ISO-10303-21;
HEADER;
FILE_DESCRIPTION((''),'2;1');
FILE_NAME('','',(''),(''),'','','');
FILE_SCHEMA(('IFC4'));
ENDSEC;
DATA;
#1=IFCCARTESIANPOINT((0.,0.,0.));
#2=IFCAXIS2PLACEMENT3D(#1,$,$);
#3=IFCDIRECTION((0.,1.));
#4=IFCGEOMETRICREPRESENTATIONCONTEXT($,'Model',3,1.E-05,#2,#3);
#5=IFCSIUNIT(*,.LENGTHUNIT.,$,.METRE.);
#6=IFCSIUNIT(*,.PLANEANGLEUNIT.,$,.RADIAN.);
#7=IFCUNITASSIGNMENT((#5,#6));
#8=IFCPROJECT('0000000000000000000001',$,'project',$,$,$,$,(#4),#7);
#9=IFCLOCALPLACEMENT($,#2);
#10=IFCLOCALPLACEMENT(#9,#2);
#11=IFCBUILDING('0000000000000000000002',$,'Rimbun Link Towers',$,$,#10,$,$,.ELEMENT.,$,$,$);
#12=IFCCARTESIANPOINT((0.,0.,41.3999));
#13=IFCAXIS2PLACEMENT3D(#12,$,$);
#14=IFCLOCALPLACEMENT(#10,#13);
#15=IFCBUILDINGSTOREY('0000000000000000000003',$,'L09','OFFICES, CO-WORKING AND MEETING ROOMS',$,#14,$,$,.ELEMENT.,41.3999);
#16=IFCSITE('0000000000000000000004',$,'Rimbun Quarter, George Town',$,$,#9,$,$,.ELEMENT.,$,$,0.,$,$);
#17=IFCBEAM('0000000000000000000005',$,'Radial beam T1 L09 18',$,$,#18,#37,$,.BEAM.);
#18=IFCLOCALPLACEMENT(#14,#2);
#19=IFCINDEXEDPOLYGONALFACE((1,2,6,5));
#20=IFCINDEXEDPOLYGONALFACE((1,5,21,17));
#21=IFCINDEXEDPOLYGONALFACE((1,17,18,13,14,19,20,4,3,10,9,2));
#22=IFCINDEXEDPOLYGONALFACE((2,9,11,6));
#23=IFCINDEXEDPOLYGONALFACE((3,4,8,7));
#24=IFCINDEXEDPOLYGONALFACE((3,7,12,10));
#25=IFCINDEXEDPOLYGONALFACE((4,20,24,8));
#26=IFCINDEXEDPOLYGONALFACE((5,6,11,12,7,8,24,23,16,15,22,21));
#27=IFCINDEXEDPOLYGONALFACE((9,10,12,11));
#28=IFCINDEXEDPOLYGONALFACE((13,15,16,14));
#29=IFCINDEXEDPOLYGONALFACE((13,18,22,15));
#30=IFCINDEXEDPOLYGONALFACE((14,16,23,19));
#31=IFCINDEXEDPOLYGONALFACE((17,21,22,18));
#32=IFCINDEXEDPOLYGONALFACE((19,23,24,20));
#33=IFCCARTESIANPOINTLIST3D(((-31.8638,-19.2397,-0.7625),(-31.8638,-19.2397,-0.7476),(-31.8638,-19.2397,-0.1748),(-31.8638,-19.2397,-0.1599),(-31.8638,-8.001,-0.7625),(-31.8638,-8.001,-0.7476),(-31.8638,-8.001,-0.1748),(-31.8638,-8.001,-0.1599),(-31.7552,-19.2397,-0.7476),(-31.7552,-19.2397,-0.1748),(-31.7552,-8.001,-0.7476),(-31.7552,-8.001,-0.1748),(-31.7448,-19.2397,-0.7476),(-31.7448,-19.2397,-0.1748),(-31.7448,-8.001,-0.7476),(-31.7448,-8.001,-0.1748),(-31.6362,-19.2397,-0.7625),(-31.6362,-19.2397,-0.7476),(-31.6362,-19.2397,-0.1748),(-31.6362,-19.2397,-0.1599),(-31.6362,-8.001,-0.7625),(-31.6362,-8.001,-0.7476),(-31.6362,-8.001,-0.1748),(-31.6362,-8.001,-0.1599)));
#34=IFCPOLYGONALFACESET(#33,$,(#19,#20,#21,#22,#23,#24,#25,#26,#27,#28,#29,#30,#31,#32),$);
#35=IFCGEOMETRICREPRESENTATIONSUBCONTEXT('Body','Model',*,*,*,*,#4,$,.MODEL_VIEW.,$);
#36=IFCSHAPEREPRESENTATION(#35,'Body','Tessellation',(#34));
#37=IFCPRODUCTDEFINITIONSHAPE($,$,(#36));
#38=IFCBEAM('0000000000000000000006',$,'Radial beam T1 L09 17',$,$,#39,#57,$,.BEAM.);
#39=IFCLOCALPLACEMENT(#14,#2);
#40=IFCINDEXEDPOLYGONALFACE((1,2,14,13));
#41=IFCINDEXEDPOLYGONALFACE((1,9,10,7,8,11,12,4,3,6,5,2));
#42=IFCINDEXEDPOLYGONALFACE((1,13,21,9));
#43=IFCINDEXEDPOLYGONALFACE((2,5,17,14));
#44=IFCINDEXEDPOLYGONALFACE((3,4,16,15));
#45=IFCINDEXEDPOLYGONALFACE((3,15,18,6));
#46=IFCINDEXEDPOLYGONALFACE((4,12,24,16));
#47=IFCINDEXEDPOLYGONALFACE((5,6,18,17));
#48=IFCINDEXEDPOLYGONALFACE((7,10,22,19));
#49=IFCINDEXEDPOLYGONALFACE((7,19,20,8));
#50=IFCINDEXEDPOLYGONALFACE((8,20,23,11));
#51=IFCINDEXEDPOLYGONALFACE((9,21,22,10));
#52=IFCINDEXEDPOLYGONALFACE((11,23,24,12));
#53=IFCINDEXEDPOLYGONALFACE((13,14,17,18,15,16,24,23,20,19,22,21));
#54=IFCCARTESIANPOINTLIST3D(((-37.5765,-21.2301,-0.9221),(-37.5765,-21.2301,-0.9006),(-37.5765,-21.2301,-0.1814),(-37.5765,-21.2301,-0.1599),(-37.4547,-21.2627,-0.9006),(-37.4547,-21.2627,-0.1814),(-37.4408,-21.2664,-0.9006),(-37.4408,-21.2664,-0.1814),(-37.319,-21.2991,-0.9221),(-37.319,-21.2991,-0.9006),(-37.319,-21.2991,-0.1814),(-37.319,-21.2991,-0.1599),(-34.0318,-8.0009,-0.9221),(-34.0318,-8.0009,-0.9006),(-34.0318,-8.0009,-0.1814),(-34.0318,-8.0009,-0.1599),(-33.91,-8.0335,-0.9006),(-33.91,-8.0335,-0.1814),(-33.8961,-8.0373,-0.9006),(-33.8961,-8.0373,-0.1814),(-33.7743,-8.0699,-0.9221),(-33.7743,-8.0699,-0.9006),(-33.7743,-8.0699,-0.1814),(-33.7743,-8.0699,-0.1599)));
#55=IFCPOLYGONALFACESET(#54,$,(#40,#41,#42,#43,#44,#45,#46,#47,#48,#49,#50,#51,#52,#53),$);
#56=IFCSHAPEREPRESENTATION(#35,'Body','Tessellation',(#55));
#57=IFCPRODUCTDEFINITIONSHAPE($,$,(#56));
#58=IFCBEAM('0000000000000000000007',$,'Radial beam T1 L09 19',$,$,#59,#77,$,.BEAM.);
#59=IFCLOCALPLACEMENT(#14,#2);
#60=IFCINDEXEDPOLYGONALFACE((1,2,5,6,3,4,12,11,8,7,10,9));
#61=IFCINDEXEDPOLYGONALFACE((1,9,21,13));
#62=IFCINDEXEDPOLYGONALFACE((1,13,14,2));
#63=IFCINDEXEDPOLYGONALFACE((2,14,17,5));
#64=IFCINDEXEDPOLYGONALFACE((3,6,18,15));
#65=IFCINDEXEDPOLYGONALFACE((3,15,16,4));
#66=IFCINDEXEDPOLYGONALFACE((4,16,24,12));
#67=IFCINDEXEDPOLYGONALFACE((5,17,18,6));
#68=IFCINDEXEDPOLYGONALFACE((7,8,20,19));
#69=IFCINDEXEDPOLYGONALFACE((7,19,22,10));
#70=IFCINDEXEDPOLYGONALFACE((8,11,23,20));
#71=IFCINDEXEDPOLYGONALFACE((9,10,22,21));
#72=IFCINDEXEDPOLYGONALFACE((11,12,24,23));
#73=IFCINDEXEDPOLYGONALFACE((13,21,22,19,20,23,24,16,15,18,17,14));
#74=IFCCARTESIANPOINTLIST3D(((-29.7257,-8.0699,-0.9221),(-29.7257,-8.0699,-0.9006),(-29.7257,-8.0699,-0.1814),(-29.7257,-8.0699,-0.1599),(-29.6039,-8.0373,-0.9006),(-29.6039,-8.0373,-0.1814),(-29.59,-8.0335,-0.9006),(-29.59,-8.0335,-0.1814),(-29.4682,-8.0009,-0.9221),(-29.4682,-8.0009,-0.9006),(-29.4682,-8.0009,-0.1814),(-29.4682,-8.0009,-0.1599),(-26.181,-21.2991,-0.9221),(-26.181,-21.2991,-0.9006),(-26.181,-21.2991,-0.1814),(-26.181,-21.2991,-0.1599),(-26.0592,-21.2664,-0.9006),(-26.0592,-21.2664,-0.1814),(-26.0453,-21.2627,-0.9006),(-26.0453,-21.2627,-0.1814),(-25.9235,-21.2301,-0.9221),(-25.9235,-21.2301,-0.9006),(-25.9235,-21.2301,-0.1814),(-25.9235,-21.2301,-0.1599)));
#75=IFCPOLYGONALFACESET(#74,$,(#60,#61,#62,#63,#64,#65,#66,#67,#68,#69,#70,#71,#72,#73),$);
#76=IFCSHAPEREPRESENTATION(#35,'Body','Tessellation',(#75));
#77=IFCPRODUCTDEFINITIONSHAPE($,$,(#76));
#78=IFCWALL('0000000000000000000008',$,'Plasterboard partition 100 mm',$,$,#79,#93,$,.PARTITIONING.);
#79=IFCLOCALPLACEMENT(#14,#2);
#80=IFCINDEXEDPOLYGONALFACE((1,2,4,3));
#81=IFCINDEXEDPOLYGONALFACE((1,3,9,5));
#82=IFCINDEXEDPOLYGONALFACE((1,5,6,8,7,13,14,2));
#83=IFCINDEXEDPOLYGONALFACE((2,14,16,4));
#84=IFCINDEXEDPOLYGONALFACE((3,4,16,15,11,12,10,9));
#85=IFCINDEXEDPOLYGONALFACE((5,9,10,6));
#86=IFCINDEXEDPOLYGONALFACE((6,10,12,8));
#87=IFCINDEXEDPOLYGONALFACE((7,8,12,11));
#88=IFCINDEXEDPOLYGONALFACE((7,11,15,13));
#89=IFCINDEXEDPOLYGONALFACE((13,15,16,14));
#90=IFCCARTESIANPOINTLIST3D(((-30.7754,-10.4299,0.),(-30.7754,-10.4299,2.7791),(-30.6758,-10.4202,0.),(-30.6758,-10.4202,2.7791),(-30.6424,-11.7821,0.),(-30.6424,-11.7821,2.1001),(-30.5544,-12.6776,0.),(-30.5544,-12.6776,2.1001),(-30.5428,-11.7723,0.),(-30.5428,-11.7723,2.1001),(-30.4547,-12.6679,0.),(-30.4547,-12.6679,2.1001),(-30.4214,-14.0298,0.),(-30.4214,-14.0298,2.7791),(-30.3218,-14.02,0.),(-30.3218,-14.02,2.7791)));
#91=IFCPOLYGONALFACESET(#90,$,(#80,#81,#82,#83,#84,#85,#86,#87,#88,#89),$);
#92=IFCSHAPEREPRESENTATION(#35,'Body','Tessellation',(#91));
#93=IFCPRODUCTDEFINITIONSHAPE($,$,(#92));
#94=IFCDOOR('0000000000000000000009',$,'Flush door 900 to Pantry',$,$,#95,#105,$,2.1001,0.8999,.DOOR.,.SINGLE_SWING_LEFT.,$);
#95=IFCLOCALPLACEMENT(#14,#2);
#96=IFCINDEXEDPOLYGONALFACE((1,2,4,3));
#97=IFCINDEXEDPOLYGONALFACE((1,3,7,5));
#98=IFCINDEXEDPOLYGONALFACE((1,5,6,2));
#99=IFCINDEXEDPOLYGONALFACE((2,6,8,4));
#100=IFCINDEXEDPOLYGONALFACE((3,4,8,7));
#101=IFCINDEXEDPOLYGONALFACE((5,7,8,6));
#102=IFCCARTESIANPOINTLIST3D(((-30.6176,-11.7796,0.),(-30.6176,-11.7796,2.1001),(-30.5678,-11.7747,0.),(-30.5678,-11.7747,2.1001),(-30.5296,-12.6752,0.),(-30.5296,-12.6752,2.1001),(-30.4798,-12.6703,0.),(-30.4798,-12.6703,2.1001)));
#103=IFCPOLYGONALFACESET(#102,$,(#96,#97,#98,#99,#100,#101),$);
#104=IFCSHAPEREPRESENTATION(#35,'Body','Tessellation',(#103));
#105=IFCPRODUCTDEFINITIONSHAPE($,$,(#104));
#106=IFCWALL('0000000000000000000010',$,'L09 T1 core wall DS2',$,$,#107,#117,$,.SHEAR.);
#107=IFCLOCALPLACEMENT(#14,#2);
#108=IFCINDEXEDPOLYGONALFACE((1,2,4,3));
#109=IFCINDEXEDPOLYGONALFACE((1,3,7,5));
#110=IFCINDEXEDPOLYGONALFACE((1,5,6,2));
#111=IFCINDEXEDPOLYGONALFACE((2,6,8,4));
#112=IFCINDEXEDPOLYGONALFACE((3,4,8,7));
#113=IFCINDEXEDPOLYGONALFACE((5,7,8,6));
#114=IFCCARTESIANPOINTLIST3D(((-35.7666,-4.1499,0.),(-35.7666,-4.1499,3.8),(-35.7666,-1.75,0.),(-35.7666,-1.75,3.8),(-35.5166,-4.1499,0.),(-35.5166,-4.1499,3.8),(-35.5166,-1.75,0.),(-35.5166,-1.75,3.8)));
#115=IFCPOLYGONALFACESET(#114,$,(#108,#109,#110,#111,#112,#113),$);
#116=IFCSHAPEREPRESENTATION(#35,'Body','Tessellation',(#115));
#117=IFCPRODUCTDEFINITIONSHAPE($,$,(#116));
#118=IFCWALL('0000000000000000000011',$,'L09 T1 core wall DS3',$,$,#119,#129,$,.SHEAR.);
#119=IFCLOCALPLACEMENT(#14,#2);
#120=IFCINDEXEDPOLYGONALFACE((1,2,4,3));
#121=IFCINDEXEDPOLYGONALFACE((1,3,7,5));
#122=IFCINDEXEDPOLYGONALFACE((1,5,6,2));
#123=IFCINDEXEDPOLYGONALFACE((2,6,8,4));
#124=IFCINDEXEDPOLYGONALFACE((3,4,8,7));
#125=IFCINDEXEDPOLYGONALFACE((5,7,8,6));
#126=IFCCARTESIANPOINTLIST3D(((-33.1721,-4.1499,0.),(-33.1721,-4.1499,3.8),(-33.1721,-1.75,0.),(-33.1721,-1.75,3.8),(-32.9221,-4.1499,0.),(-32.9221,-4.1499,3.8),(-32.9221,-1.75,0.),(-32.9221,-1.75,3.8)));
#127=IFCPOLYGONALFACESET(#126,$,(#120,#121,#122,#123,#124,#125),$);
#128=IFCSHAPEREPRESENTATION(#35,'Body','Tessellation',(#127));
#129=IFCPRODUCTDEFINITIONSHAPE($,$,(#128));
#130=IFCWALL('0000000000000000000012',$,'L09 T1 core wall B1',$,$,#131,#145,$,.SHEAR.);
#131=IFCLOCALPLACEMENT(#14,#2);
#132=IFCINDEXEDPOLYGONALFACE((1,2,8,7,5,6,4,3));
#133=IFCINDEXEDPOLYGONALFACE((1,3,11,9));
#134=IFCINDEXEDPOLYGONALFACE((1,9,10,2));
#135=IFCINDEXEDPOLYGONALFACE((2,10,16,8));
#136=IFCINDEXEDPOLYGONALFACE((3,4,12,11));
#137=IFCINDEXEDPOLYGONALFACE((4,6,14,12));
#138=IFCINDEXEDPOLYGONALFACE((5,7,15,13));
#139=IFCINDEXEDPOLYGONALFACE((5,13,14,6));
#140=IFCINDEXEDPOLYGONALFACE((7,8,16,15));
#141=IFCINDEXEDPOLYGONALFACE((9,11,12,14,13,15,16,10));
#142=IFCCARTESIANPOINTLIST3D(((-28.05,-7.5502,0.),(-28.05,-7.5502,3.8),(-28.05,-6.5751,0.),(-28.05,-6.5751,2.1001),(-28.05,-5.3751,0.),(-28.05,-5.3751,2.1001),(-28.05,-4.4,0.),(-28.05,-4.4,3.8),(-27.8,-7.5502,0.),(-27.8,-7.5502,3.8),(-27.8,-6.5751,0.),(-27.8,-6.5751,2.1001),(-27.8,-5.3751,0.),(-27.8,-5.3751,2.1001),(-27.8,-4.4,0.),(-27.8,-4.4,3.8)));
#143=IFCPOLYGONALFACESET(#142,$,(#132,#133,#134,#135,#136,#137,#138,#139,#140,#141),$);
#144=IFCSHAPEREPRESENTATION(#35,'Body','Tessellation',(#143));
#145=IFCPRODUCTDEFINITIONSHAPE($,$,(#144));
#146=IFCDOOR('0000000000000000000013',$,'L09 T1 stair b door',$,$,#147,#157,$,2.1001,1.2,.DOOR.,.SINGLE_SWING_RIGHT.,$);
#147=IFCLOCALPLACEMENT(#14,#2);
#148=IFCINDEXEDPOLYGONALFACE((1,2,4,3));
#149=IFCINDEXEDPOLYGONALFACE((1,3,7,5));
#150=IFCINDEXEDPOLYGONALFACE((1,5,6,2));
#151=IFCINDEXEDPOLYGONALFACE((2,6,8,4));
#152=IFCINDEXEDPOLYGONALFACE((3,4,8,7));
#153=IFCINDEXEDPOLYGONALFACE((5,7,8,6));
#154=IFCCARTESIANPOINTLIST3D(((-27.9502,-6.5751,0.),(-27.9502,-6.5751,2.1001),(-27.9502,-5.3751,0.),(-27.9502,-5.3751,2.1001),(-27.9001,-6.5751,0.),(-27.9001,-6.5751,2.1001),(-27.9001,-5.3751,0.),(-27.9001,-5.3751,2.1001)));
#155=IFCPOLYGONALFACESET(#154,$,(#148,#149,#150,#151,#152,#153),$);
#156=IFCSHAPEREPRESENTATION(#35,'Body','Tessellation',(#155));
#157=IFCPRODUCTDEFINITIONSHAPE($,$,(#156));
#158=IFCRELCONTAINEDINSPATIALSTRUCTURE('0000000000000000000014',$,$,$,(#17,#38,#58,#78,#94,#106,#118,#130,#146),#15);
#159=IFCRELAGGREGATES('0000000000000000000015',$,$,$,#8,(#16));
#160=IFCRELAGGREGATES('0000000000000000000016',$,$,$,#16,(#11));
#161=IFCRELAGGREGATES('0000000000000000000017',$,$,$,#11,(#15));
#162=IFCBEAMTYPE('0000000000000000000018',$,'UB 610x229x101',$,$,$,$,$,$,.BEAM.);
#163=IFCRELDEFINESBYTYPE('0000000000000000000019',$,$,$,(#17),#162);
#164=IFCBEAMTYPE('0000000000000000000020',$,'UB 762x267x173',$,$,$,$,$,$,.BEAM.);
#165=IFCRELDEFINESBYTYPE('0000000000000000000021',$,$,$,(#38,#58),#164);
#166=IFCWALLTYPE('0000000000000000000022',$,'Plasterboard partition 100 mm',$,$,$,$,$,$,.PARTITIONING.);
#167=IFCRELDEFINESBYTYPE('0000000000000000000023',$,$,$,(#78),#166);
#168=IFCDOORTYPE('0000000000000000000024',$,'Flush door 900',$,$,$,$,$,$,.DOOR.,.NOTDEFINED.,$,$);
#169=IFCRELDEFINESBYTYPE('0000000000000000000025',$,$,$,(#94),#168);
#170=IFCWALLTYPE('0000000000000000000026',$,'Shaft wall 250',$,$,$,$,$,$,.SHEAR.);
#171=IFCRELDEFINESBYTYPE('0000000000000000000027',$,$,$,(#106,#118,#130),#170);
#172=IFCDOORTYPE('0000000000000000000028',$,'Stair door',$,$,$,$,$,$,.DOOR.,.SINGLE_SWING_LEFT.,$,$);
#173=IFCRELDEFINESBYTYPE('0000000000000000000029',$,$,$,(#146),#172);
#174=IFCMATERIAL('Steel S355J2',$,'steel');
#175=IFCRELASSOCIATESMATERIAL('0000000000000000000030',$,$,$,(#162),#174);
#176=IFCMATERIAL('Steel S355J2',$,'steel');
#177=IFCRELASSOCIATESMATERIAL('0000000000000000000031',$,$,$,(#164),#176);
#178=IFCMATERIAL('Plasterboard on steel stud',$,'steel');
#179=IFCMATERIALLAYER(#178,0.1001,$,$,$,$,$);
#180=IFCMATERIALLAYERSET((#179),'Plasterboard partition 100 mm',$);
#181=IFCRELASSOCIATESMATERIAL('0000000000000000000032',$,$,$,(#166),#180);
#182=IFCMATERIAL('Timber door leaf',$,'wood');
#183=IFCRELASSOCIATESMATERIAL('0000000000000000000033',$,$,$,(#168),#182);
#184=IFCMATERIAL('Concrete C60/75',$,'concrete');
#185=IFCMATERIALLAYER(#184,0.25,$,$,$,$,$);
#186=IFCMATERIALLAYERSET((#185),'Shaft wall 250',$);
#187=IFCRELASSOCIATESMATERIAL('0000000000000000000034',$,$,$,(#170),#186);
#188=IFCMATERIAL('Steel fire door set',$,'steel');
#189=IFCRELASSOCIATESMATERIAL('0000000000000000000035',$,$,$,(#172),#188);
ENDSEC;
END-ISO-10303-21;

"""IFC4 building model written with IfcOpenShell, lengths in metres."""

from ifc_helpers import new_model, si_unit, direction, frame, frame_2d, origin, origin_2d, place, context, subcontext, project, spatial, rectangle, i_section, extrude, material, layer, layer_set, material_profile, profile_set, type_object, element, fill, save


model = new_model("IFC4")

# Units and contexts
model_context = context("Model", 3, precision=1e-05, world=origin(), true_north=direction((0.0, 1.0)))
body_context = subcontext(model_context, "Body", "Model", "MODEL_VIEW")
ifc_project = project(units=[si_unit("LENGTHUNIT", "METRE"), si_unit("PLANEANGLEUNIT", "RADIAN")], contexts=[model_context])

# Site, building, storey
site_placement = place(None, origin())
site = spatial("IfcSite", under=ifc_project, at=site_placement, Name="Rimbun Quarter, George Town", CompositionType="ELEMENT", RefElevation=0.0)
building_placement = place(site_placement, origin())
building = spatial("IfcBuilding", under=site, at=building_placement, Name="Rimbun Link Towers", CompositionType="ELEMENT")
storey_placement = place(building_placement, frame((0.0, 0.0, 41.3999)))
storey = spatial("IfcBuildingStorey", under=building, at=storey_placement, Name="L09", Description="OFFICES, CO-WORKING AND MEETING ROOMS", CompositionType="ELEMENT", Elevation=41.3999)

# Beams
ifc_material_1 = material(Name="Steel S355J2", Category="steel")
ifc_material_profile_1 = material_profile(ifc_material_1, i_section(OverallWidth=0.2275, OverallDepth=0.6025, WebThickness=0.0105, FlangeThickness=0.0149, at=origin_2d()), Name="UB 610x229x101")
ifc_profile_set_1 = profile_set([ifc_material_profile_1], Name="Steel S355J2")
beam_type_1 = type_object("IfcBeamType", Name="UB 610x229x101", PredefinedType="BEAM", material=ifc_profile_set_1)
beam_placement = place(storey_placement, frame((-31.75, -8.001, -0.4612), z_axis=(0.0, -1.0, 0.0), x_axis=(1.0, 0.0, 0.0)))
element("IfcBeam", 1, at=beam_placement, inside=storey, type_object=beam_type_1, Name="Radial beam T1 L09 18", PredefinedType="BEAM", context=body_context, shape_type="SweptSolid", body=[
    extrude(i_section(OverallWidth=0.2275, OverallDepth=0.6025, WebThickness=0.0105, FlangeThickness=0.0149, at=origin_2d()), origin(), (0.0, 0.0, 1.0), 11.2388),
])
ifc_material_2 = material(Name="Steel S355J2", Category="steel")
ifc_material_profile_2 = material_profile(ifc_material_2, i_section(OverallWidth=0.2666, OverallDepth=0.7622, WebThickness=0.0144, FlangeThickness=0.0215, at=origin_2d()), Name="UB 762x267x173")
ifc_profile_set_2 = profile_set([ifc_material_profile_2], Name="Steel S355J2")
beam_type_2 = type_object("IfcBeamType", Name="UB 762x267x173", PredefinedType="BEAM", material=ifc_profile_set_2)
for number, where, z_axis, x_axis, name in (
    (2, (-33.9031, -8.0354, -0.541), (-0.258813, -0.965927, 0.0), (0.965927, -0.258813, 0.0), "Radial beam T1 L09 17"),
    (3, (-29.5969, -8.0354, -0.541), (0.258813, -0.965927, 0.0), (0.965927, 0.258813, 0.0), "Radial beam T1 L09 19"),
):
    element("IfcBeam", number, at=place(storey_placement, frame(where, z_axis=z_axis, x_axis=x_axis)), inside=storey, type_object=beam_type_2, Name=name, PredefinedType="BEAM", context=body_context, shape_type="SweptSolid", body=[
        extrude(i_section(OverallWidth=0.2666, OverallDepth=0.7622, WebThickness=0.0144, FlangeThickness=0.0215, at=origin_2d()), origin(), (0.0, 0.0, 1.0), 13.6958),
    ])

# Wall, opening, door
ifc_material_3 = material(Name="Plasterboard on steel stud", Category="steel")
ifc_layer_1 = layer(ifc_material_3, 0.1001)
ifc_layer_set_1 = layer_set([ifc_layer_1], Name="Plasterboard partition 100 mm")
wall_type_1 = type_object("IfcWallType", Name="Plasterboard partition 100 mm", PredefinedType="PARTITIONING", material=ifc_layer_set_1)
wall_1_placement = place(storey_placement, frame((-30.7256, -10.425, 0.0), z_axis=(0.0, 0.0, 1.0), x_axis=(0.097866, -0.9952, 0.0)))
wall_1 = element("IfcWall", 4, at=wall_1_placement, inside=storey, type_object=wall_type_1, Name="Plasterboard partition 100 mm", PredefinedType="PARTITIONING", context=body_context, shape_type="SweptSolid", body=[
    extrude(rectangle(XDim=3.6172, YDim=0.1001, at=frame_2d((1.8086, 0.0))), origin(), (0.0, 0.0, 1.0), 2.7791),
])
opening_1_placement = place(wall_1_placement, frame((1.3586, 0.0, 0.0)))
opening_1 = element("IfcOpeningElement", 5, at=opening_1_placement, cuts=wall_1, PredefinedType="OPENING", context=body_context, shape_type="SweptSolid", body=[
    extrude(rectangle(XDim=0.8999, YDim=2.1001, at=frame_2d((0.45, 1.05))), frame((0.0, 0.0601, 0.0), z_axis=(0.0, -1.0, 0.0), x_axis=(1.0, 0.0, 0.0)), (0.0, 0.0, 1.0), 0.1201),
])
ifc_material_4 = material(Name="Timber door leaf", Category="wood")
door_type_1 = type_object("IfcDoorType", Name="Flush door 900", OperationType="NOTDEFINED", PredefinedType="DOOR", material=ifc_material_4)
door_1_placement = place(opening_1_placement, origin())
door_1 = element("IfcDoor", 6, at=door_1_placement, inside=storey, type_object=door_type_1, Name="Flush door 900 to Pantry", OperationType="SINGLE_SWING_LEFT", OverallHeight=2.1001, OverallWidth=0.8999, PredefinedType="DOOR", context=body_context, shape_type="SweptSolid", body=[
    extrude(rectangle(XDim=0.8999, YDim=2.1001, at=frame_2d((0.45, 1.05))), frame((0.0, 0.0249, 0.0), z_axis=(0.0, -1.0, 0.0), x_axis=(1.0, 0.0, 0.0)), (0.0, 0.0, 1.0), 0.05),
])
fill(opening_1, door_1)

# Walls
ifc_material_5 = material(Name="Concrete C60/75", Category="concrete")
ifc_layer_2 = layer(ifc_material_5, 0.25)
ifc_layer_set_2 = layer_set([ifc_layer_2], Name="Shaft wall 250")
wall_type_2 = type_object("IfcWallType", Name="Shaft wall 250", PredefinedType="SHEAR", material=ifc_layer_set_2)
for number, where, z_axis, x_axis, name in (
    (7, (-35.6416, -4.1499, 0.0), (0.0, 0.0, 1.0), (0.0, 1.0, 0.0), "L09 T1 core wall DS2"),
    (8, (-33.0471, -4.1499, 0.0), (0.0, 0.0, 1.0), (0.0, 1.0, 0.0), "L09 T1 core wall DS3"),
):
    element("IfcWall", number, at=place(storey_placement, frame(where, z_axis=z_axis, x_axis=x_axis)), inside=storey, type_object=wall_type_2, Name=name, PredefinedType="SHEAR", context=body_context, shape_type="SweptSolid", body=[
        extrude(rectangle(XDim=2.3999, YDim=0.25, at=frame_2d((1.2, 0.0))), origin(), (0.0, 0.0, 1.0), 3.8),
    ])

# Wall, opening, door
wall_2_placement = place(storey_placement, frame((-27.925, -4.3999, 0.0), z_axis=(0.0, 0.0, 1.0), x_axis=(0.0, -1.0, 0.0)))
wall_2 = element("IfcWall", 9, at=wall_2_placement, inside=storey, type_object=wall_type_2, Name="L09 T1 core wall B1", PredefinedType="SHEAR", context=body_context, shape_type="SweptSolid", body=[
    extrude(rectangle(XDim=3.1501, YDim=0.25, at=frame_2d((1.5752, 0.0))), origin(), (0.0, 0.0, 1.0), 3.8),
])
opening_2_placement = place(wall_2_placement, frame((0.9751, 0.0, 0.0)))
opening_2 = element("IfcOpeningElement", 10, at=opening_2_placement, cuts=wall_2, PredefinedType="OPENING", context=body_context, shape_type="SweptSolid", body=[
    extrude(rectangle(XDim=1.2, YDim=2.1001, at=frame_2d((0.6001, 1.05))), frame((0.0, 0.135, 0.0), z_axis=(0.0, -1.0, 0.0), x_axis=(1.0, 0.0, 0.0)), (0.0, 0.0, 1.0), 0.27),
])
ifc_material_6 = material(Name="Steel fire door set", Category="steel")
door_type_2 = type_object("IfcDoorType", Name="Stair door", OperationType="SINGLE_SWING_LEFT", PredefinedType="DOOR", material=ifc_material_6)
door_2_placement = place(opening_2_placement, origin())
door_2 = element("IfcDoor", 11, at=door_2_placement, inside=storey, type_object=door_type_2, Name="L09 T1 stair b door", OperationType="SINGLE_SWING_RIGHT", OverallHeight=2.1001, OverallWidth=1.2, PredefinedType="DOOR", context=body_context, shape_type="SweptSolid", body=[
    extrude(rectangle(XDim=1.2, YDim=2.1001, at=frame_2d((0.6001, 1.05))), frame((0.0, 0.0249, 0.0), z_axis=(0.0, -1.0, 0.0), x_axis=(1.0, 0.0, 0.0)), (0.0, 0.0, 1.0), 0.05),
])
fill(opening_2, door_2)

save(model, "model.ifc")
